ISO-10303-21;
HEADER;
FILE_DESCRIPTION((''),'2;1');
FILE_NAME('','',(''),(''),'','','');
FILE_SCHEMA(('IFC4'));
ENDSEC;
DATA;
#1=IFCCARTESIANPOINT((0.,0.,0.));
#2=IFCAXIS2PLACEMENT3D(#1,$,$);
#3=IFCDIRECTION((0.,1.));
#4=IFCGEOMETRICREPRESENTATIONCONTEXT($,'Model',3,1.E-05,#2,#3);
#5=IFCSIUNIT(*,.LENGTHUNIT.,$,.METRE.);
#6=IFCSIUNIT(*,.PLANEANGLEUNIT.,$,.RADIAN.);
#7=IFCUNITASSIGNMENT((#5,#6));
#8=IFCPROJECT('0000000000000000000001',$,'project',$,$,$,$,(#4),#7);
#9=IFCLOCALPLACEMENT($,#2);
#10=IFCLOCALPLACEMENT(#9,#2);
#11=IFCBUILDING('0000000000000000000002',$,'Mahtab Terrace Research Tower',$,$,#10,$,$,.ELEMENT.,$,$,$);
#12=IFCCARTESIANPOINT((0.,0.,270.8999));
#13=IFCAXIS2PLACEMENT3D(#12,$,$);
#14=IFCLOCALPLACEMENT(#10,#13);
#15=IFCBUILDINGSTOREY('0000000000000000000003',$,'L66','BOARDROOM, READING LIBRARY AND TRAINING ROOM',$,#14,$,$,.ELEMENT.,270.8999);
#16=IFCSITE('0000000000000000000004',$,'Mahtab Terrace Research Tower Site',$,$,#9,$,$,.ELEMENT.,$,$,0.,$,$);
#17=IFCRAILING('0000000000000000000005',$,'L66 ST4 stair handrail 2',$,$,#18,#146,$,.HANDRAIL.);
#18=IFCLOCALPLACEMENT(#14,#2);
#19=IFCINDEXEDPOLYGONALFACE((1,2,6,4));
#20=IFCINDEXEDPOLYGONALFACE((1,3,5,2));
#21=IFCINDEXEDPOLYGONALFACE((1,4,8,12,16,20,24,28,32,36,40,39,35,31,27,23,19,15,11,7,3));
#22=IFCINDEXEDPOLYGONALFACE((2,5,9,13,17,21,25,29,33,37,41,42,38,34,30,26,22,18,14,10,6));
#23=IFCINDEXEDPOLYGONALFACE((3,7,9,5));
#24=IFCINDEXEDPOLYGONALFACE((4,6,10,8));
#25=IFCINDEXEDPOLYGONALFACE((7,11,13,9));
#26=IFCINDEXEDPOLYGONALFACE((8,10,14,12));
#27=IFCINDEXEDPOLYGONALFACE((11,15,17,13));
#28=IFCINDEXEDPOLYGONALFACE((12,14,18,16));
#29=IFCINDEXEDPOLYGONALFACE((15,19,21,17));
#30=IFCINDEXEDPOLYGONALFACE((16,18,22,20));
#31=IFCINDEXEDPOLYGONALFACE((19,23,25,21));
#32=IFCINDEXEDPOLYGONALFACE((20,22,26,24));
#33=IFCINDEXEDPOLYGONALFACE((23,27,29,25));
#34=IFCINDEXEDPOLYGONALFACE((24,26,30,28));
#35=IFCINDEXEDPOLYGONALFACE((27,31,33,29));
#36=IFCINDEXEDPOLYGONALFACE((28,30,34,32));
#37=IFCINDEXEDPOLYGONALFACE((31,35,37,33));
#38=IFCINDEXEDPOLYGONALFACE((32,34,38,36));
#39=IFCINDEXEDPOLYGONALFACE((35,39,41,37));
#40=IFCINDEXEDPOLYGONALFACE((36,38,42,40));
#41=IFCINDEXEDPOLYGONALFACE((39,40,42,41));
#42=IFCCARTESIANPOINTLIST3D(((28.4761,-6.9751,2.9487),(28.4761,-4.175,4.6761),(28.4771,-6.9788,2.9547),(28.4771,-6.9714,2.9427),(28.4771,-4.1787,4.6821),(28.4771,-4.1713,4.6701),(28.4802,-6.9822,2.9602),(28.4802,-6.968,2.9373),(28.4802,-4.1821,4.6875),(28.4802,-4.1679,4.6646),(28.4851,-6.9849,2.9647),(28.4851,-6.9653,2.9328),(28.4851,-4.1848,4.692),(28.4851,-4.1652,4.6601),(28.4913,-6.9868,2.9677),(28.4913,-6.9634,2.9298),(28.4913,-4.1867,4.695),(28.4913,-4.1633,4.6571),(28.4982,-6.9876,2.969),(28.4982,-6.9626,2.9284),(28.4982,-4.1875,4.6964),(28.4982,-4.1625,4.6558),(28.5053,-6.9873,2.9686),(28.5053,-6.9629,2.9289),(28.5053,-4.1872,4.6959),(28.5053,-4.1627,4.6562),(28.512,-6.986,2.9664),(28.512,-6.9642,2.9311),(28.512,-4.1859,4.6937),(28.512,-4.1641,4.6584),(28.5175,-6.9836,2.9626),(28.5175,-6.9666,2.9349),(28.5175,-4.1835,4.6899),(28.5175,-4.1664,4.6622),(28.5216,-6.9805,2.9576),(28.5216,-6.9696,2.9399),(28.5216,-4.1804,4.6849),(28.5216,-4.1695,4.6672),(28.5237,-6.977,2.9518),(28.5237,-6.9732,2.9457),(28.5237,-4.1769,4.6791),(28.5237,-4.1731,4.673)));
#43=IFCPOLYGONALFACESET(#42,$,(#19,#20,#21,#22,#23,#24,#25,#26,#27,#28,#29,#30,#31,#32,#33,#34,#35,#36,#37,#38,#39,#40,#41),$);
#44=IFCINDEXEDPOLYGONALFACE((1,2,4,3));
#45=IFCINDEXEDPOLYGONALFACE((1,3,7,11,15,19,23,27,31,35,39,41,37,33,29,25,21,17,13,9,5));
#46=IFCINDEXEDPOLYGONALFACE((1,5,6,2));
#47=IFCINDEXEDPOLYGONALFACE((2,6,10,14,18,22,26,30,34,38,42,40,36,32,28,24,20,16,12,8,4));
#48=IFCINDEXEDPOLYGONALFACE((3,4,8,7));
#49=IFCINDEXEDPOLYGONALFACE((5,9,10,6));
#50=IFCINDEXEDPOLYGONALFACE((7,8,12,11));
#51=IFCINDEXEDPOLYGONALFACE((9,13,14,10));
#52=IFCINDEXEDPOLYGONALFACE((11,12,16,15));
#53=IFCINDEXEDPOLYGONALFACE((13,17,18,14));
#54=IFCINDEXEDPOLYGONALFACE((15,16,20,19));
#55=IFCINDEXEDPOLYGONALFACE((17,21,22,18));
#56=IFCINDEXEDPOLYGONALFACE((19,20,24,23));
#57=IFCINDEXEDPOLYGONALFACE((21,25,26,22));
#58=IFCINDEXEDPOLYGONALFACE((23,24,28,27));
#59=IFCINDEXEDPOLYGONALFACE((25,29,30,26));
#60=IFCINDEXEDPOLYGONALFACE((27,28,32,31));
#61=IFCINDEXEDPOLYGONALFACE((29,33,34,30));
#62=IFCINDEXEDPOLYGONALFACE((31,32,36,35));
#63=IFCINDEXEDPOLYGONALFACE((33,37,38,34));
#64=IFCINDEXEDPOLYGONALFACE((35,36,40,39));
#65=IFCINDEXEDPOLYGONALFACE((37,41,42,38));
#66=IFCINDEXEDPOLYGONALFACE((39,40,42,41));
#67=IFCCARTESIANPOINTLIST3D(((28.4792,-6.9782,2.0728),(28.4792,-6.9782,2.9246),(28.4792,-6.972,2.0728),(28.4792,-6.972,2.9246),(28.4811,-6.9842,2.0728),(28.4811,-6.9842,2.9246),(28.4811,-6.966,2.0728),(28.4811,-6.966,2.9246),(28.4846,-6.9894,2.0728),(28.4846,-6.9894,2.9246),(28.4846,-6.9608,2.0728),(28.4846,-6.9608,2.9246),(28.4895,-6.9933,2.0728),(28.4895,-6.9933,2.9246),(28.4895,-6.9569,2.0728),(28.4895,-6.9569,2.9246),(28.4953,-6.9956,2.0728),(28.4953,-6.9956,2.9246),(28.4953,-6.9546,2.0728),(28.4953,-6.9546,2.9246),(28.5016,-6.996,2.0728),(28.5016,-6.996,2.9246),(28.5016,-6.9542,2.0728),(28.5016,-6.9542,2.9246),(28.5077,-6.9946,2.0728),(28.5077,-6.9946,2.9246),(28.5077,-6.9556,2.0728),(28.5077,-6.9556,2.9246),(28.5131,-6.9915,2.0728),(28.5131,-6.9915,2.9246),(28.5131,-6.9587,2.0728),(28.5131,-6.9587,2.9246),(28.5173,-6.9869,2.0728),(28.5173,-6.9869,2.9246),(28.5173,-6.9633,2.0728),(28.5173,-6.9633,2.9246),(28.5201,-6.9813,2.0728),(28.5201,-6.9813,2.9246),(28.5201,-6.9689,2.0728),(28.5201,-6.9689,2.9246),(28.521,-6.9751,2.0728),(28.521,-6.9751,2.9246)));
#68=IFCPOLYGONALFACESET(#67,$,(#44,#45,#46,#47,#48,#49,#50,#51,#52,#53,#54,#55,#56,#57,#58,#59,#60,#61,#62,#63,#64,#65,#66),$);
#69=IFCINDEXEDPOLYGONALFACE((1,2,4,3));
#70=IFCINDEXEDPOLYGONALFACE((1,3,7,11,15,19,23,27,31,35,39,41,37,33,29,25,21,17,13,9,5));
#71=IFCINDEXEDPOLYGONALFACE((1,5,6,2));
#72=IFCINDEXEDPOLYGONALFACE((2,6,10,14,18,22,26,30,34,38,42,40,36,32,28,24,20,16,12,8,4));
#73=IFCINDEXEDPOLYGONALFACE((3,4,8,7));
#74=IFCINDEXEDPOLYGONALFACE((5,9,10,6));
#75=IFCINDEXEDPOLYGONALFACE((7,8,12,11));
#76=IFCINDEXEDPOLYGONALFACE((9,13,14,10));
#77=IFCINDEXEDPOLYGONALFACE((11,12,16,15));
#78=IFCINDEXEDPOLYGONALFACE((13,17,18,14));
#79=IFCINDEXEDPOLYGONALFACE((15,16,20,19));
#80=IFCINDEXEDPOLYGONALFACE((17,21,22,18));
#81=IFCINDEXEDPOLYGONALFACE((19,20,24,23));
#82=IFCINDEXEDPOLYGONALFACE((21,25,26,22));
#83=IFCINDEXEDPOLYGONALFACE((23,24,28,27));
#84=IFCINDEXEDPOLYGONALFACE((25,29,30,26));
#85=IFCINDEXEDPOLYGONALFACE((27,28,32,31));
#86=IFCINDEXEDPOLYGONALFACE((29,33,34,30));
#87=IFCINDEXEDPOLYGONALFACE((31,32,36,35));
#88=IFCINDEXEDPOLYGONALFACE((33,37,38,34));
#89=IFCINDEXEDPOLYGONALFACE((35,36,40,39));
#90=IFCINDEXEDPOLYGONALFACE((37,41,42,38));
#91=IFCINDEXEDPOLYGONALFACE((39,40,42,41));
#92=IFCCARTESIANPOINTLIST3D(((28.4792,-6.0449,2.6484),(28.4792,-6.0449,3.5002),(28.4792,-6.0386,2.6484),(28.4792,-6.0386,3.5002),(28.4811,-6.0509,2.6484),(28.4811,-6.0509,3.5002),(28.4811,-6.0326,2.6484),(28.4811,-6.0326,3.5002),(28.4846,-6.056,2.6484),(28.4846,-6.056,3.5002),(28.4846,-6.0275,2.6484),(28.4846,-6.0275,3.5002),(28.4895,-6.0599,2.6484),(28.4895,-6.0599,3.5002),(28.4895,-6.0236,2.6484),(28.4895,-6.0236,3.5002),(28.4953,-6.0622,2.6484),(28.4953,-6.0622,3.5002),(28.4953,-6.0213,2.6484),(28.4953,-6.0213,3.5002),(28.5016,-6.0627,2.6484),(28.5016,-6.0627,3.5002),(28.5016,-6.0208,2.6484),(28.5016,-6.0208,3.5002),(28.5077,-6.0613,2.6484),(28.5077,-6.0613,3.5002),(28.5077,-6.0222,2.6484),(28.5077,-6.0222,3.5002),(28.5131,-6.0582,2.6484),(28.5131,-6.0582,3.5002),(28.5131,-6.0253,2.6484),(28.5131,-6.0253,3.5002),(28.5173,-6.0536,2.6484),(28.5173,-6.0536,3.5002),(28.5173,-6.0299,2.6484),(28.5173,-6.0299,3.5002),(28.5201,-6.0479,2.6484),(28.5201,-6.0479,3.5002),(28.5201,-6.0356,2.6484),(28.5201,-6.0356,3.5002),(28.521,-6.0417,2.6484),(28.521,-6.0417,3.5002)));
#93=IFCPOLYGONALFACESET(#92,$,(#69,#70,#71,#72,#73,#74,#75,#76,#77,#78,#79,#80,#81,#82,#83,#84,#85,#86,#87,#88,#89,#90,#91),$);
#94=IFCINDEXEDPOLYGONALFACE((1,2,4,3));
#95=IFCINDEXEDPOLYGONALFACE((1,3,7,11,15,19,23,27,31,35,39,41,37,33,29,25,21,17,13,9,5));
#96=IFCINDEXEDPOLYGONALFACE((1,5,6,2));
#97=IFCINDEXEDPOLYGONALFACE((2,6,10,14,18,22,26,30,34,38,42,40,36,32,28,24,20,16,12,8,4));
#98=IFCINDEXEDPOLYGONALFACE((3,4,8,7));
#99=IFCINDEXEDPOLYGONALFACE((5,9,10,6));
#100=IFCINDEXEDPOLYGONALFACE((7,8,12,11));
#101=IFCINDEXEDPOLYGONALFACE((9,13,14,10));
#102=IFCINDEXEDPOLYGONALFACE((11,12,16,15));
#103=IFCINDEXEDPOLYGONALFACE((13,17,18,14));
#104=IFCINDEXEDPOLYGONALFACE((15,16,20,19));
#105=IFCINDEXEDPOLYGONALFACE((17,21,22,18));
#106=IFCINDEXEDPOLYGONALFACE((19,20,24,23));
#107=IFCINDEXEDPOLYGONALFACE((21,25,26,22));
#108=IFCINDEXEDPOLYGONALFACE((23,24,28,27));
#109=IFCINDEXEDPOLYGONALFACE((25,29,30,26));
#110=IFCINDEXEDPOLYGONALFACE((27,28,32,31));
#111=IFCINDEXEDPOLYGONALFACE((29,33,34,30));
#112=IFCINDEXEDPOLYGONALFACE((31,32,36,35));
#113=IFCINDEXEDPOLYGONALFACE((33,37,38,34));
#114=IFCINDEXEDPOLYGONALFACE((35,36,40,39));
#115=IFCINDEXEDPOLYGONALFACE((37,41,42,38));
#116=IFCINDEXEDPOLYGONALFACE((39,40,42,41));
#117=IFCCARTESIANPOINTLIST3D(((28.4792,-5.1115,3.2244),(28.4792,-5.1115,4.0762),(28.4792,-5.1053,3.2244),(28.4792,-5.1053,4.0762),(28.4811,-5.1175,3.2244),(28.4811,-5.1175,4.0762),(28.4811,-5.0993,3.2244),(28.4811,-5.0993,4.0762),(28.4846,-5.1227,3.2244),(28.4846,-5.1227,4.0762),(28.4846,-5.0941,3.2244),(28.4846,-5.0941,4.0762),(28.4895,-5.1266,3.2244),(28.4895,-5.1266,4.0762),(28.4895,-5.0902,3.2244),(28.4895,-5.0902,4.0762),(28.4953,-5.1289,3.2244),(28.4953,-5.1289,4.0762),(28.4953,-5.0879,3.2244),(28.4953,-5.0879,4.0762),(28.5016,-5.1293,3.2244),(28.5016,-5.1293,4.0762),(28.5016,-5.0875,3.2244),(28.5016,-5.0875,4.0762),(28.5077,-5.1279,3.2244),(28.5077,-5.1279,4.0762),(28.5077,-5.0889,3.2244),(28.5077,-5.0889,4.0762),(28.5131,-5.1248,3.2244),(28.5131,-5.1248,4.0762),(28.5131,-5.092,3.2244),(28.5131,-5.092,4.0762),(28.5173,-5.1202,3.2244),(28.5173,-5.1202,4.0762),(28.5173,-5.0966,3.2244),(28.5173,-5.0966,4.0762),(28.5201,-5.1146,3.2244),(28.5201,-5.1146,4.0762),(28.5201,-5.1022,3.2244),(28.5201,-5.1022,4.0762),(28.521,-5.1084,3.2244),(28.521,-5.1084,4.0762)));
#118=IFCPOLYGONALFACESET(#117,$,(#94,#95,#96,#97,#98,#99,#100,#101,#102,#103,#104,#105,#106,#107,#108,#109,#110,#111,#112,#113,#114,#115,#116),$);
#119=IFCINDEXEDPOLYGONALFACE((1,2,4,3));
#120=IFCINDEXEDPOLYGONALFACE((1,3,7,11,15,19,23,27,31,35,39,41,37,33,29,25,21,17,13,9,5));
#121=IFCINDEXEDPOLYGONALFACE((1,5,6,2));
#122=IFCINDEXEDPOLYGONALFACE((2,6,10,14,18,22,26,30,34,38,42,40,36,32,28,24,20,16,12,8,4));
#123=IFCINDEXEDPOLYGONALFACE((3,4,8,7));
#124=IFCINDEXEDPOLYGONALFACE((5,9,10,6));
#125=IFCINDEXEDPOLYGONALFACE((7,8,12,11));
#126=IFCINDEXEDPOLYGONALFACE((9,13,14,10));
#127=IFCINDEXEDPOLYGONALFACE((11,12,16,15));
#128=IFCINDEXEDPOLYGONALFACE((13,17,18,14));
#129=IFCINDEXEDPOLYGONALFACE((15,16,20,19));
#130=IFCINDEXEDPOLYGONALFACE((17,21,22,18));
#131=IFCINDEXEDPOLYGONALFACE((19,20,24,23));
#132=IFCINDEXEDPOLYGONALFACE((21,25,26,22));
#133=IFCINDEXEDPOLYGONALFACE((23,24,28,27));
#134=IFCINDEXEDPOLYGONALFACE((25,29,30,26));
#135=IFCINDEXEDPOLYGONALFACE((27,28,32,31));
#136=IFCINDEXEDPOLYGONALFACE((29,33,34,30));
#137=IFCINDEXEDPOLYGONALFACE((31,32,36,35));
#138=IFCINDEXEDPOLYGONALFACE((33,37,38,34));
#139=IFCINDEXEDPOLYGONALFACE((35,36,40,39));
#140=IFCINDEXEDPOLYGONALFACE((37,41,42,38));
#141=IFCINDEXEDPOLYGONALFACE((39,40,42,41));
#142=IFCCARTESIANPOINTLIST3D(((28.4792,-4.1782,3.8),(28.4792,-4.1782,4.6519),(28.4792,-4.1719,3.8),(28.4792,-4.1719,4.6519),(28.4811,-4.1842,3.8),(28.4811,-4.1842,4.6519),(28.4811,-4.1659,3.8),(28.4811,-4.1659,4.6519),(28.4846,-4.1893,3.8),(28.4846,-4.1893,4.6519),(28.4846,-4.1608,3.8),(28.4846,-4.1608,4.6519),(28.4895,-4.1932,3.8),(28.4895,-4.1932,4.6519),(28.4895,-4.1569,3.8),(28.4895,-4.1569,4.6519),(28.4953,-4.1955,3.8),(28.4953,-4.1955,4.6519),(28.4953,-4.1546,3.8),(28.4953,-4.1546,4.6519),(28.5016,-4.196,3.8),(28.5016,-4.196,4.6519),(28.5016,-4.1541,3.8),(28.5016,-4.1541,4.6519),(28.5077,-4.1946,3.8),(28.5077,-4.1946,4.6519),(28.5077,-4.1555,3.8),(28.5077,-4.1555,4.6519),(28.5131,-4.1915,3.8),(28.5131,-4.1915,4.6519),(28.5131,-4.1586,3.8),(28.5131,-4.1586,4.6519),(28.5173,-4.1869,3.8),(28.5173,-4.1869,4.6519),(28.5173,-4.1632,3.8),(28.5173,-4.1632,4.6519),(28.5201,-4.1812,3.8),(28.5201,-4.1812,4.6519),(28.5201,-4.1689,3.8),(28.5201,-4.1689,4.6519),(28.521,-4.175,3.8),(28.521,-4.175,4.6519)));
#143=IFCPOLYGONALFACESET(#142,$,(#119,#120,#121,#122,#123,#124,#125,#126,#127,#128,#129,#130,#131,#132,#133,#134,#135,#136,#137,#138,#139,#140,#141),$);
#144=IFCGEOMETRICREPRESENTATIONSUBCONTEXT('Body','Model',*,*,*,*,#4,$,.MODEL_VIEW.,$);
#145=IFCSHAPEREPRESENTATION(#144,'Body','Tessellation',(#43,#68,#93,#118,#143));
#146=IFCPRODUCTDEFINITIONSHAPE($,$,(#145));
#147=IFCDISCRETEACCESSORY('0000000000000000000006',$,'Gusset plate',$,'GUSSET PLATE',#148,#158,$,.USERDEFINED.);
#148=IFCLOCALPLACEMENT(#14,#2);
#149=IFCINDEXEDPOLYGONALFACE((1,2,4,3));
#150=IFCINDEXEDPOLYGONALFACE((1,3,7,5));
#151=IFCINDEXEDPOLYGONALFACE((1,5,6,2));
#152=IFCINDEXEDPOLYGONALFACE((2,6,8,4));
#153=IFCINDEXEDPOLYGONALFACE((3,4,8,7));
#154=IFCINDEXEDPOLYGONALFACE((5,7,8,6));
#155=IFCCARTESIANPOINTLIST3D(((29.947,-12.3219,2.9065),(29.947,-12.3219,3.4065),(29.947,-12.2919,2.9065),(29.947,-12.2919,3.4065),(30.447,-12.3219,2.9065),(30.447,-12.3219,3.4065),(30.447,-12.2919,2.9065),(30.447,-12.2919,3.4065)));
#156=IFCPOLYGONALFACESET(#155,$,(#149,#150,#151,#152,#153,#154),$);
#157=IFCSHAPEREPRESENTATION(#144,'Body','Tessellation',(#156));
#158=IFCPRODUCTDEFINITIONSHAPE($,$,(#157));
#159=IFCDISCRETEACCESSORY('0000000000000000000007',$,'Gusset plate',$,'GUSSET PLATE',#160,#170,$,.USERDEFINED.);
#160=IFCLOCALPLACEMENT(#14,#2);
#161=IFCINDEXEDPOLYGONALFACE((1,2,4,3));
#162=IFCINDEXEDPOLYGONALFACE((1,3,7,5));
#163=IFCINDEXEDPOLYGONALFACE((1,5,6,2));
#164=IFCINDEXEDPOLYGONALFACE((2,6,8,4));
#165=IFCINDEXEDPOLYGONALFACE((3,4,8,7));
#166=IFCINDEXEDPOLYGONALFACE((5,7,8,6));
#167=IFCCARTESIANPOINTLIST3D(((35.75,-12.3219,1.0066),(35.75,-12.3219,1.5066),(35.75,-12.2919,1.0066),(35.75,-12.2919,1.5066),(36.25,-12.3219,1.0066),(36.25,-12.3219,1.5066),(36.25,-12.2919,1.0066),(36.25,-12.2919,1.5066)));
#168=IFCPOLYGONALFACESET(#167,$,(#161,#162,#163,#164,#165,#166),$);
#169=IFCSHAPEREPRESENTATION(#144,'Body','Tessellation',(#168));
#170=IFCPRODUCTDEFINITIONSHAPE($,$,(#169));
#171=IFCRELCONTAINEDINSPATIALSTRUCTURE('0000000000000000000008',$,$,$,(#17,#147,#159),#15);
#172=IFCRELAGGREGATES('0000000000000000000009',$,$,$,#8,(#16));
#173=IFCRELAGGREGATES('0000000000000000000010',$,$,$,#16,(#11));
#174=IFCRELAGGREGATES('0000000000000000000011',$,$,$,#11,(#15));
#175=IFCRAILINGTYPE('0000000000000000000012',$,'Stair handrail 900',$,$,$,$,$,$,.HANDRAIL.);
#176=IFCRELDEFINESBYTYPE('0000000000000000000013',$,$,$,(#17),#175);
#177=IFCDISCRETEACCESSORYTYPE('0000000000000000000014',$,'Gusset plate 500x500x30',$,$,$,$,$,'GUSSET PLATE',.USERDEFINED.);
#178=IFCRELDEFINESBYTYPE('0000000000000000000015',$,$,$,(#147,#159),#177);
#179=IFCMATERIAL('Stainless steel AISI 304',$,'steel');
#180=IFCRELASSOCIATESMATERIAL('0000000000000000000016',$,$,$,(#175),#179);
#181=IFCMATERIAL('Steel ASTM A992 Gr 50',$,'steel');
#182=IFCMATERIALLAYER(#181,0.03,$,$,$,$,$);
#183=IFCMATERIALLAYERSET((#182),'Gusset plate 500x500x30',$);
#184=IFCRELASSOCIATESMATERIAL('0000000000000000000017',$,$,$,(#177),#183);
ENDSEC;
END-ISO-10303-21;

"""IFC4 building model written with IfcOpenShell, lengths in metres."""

from ifc_helpers import new_model, si_unit, direction, frame, origin, origin_2d, place, context, subcontext, project, spatial, rectangle, circle, extrude, material, layer, layer_set, type_object, element, save


model = new_model("IFC4")

# Units and contexts
model_context = context("Model", 3, precision=1e-05, world=origin(), true_north=direction((0.0, 1.0)))
body_context = subcontext(model_context, "Body", "Model", "MODEL_VIEW")
ifc_project = project(units=[si_unit("LENGTHUNIT", "METRE"), si_unit("PLANEANGLEUNIT", "RADIAN")], contexts=[model_context])

# Site, building, storey
site_placement = place(None, origin())
site = spatial("IfcSite", under=ifc_project, at=site_placement, Name="Mahtab Terrace Research Tower Site", CompositionType="ELEMENT", RefElevation=0.0)
building_placement = place(site_placement, origin())
building = spatial("IfcBuilding", under=site, at=building_placement, Name="Mahtab Terrace Research Tower", CompositionType="ELEMENT")
storey_placement = place(building_placement, frame((0.0, 0.0, 270.8999)))
storey = spatial("IfcBuildingStorey", under=building, at=storey_placement, Name="L66", Description="BOARDROOM, READING LIBRARY AND TRAINING ROOM", CompositionType="ELEMENT", Elevation=270.8999)

# Shared definitions
ifc_material_1 = material(Name="Steel ASTM A992 Gr 50", Category="steel")

# Railing
ifc_material_2 = material(Name="Stainless steel AISI 304", Category="steel")
railing_type_1 = type_object("IfcRailingType", Name="Stair handrail 900", PredefinedType="HANDRAIL", material=ifc_material_2)
railing_1_placement = place(storey_placement, frame((28.5, -6.9751, 2.0728)))
element("IfcRailing", 1, at=railing_1_placement, inside=storey, type_object=railing_type_1, Name="L66 ST4 stair handrail 2", PredefinedType="HANDRAIL", context=body_context, shape_type="SweptSolid", body=[
    extrude(circle(Radius=0.0239, at=origin_2d()), frame((0.0, 0.0, 0.876), z_axis=(0.0, 0.85109, 0.52502), x_axis=(-1.0, 0.0, 0.0)), (0.0, 0.0, 1.0), 3.29),
    extrude(circle(Radius=0.021, at=origin_2d()), origin(), (0.0, 0.0, 1.0), 0.8518),
    extrude(circle(Radius=0.021, at=origin_2d()), frame((0.0, 0.9333, 0.5757)), (0.0, 0.0, 1.0), 0.8518),
    extrude(circle(Radius=0.021, at=origin_2d()), frame((0.0, 1.8667, 1.1516)), (0.0, 0.0, 1.0), 0.8518),
    extrude(circle(Radius=0.021, at=origin_2d()), frame((0.0, 2.8, 1.7273)), (0.0, 0.0, 1.0), 0.8518),
])

# Discrete accessories
ifc_layer_1 = layer(ifc_material_1, 0.03)
ifc_layer_set_1 = layer_set([ifc_layer_1], Name="Gusset plate 500x500x30")
discrete_accessory_type = type_object("IfcDiscreteAccessoryType", Name="Gusset plate 500x500x30", ElementType="GUSSET PLATE", PredefinedType="USERDEFINED", material=ifc_layer_set_1)
for number, where, z_axis, x_axis, name in (
    (2, (30.197, -12.3069, 2.9065), (0.0, 0.0, 1.0), (1.0, 0.0, 0.0), "Gusset plate"),
    (3, (36.0, -12.3069, 1.0066), (0.0, 0.0, 1.0), (1.0, 0.0, 0.0), "Gusset plate"),
):
    element("IfcDiscreteAccessory", number, at=place(storey_placement, frame(where, z_axis=z_axis, x_axis=x_axis)), inside=storey, type_object=discrete_accessory_type, Name=name, ObjectType="GUSSET PLATE", PredefinedType="USERDEFINED", context=body_context, shape_type="SweptSolid", body=[
        extrude(rectangle(XDim=0.5, YDim=0.03, at=origin_2d()), origin(), (0.0, 0.0, 1.0), 0.5),
    ])

save(model, "model.ifc")
